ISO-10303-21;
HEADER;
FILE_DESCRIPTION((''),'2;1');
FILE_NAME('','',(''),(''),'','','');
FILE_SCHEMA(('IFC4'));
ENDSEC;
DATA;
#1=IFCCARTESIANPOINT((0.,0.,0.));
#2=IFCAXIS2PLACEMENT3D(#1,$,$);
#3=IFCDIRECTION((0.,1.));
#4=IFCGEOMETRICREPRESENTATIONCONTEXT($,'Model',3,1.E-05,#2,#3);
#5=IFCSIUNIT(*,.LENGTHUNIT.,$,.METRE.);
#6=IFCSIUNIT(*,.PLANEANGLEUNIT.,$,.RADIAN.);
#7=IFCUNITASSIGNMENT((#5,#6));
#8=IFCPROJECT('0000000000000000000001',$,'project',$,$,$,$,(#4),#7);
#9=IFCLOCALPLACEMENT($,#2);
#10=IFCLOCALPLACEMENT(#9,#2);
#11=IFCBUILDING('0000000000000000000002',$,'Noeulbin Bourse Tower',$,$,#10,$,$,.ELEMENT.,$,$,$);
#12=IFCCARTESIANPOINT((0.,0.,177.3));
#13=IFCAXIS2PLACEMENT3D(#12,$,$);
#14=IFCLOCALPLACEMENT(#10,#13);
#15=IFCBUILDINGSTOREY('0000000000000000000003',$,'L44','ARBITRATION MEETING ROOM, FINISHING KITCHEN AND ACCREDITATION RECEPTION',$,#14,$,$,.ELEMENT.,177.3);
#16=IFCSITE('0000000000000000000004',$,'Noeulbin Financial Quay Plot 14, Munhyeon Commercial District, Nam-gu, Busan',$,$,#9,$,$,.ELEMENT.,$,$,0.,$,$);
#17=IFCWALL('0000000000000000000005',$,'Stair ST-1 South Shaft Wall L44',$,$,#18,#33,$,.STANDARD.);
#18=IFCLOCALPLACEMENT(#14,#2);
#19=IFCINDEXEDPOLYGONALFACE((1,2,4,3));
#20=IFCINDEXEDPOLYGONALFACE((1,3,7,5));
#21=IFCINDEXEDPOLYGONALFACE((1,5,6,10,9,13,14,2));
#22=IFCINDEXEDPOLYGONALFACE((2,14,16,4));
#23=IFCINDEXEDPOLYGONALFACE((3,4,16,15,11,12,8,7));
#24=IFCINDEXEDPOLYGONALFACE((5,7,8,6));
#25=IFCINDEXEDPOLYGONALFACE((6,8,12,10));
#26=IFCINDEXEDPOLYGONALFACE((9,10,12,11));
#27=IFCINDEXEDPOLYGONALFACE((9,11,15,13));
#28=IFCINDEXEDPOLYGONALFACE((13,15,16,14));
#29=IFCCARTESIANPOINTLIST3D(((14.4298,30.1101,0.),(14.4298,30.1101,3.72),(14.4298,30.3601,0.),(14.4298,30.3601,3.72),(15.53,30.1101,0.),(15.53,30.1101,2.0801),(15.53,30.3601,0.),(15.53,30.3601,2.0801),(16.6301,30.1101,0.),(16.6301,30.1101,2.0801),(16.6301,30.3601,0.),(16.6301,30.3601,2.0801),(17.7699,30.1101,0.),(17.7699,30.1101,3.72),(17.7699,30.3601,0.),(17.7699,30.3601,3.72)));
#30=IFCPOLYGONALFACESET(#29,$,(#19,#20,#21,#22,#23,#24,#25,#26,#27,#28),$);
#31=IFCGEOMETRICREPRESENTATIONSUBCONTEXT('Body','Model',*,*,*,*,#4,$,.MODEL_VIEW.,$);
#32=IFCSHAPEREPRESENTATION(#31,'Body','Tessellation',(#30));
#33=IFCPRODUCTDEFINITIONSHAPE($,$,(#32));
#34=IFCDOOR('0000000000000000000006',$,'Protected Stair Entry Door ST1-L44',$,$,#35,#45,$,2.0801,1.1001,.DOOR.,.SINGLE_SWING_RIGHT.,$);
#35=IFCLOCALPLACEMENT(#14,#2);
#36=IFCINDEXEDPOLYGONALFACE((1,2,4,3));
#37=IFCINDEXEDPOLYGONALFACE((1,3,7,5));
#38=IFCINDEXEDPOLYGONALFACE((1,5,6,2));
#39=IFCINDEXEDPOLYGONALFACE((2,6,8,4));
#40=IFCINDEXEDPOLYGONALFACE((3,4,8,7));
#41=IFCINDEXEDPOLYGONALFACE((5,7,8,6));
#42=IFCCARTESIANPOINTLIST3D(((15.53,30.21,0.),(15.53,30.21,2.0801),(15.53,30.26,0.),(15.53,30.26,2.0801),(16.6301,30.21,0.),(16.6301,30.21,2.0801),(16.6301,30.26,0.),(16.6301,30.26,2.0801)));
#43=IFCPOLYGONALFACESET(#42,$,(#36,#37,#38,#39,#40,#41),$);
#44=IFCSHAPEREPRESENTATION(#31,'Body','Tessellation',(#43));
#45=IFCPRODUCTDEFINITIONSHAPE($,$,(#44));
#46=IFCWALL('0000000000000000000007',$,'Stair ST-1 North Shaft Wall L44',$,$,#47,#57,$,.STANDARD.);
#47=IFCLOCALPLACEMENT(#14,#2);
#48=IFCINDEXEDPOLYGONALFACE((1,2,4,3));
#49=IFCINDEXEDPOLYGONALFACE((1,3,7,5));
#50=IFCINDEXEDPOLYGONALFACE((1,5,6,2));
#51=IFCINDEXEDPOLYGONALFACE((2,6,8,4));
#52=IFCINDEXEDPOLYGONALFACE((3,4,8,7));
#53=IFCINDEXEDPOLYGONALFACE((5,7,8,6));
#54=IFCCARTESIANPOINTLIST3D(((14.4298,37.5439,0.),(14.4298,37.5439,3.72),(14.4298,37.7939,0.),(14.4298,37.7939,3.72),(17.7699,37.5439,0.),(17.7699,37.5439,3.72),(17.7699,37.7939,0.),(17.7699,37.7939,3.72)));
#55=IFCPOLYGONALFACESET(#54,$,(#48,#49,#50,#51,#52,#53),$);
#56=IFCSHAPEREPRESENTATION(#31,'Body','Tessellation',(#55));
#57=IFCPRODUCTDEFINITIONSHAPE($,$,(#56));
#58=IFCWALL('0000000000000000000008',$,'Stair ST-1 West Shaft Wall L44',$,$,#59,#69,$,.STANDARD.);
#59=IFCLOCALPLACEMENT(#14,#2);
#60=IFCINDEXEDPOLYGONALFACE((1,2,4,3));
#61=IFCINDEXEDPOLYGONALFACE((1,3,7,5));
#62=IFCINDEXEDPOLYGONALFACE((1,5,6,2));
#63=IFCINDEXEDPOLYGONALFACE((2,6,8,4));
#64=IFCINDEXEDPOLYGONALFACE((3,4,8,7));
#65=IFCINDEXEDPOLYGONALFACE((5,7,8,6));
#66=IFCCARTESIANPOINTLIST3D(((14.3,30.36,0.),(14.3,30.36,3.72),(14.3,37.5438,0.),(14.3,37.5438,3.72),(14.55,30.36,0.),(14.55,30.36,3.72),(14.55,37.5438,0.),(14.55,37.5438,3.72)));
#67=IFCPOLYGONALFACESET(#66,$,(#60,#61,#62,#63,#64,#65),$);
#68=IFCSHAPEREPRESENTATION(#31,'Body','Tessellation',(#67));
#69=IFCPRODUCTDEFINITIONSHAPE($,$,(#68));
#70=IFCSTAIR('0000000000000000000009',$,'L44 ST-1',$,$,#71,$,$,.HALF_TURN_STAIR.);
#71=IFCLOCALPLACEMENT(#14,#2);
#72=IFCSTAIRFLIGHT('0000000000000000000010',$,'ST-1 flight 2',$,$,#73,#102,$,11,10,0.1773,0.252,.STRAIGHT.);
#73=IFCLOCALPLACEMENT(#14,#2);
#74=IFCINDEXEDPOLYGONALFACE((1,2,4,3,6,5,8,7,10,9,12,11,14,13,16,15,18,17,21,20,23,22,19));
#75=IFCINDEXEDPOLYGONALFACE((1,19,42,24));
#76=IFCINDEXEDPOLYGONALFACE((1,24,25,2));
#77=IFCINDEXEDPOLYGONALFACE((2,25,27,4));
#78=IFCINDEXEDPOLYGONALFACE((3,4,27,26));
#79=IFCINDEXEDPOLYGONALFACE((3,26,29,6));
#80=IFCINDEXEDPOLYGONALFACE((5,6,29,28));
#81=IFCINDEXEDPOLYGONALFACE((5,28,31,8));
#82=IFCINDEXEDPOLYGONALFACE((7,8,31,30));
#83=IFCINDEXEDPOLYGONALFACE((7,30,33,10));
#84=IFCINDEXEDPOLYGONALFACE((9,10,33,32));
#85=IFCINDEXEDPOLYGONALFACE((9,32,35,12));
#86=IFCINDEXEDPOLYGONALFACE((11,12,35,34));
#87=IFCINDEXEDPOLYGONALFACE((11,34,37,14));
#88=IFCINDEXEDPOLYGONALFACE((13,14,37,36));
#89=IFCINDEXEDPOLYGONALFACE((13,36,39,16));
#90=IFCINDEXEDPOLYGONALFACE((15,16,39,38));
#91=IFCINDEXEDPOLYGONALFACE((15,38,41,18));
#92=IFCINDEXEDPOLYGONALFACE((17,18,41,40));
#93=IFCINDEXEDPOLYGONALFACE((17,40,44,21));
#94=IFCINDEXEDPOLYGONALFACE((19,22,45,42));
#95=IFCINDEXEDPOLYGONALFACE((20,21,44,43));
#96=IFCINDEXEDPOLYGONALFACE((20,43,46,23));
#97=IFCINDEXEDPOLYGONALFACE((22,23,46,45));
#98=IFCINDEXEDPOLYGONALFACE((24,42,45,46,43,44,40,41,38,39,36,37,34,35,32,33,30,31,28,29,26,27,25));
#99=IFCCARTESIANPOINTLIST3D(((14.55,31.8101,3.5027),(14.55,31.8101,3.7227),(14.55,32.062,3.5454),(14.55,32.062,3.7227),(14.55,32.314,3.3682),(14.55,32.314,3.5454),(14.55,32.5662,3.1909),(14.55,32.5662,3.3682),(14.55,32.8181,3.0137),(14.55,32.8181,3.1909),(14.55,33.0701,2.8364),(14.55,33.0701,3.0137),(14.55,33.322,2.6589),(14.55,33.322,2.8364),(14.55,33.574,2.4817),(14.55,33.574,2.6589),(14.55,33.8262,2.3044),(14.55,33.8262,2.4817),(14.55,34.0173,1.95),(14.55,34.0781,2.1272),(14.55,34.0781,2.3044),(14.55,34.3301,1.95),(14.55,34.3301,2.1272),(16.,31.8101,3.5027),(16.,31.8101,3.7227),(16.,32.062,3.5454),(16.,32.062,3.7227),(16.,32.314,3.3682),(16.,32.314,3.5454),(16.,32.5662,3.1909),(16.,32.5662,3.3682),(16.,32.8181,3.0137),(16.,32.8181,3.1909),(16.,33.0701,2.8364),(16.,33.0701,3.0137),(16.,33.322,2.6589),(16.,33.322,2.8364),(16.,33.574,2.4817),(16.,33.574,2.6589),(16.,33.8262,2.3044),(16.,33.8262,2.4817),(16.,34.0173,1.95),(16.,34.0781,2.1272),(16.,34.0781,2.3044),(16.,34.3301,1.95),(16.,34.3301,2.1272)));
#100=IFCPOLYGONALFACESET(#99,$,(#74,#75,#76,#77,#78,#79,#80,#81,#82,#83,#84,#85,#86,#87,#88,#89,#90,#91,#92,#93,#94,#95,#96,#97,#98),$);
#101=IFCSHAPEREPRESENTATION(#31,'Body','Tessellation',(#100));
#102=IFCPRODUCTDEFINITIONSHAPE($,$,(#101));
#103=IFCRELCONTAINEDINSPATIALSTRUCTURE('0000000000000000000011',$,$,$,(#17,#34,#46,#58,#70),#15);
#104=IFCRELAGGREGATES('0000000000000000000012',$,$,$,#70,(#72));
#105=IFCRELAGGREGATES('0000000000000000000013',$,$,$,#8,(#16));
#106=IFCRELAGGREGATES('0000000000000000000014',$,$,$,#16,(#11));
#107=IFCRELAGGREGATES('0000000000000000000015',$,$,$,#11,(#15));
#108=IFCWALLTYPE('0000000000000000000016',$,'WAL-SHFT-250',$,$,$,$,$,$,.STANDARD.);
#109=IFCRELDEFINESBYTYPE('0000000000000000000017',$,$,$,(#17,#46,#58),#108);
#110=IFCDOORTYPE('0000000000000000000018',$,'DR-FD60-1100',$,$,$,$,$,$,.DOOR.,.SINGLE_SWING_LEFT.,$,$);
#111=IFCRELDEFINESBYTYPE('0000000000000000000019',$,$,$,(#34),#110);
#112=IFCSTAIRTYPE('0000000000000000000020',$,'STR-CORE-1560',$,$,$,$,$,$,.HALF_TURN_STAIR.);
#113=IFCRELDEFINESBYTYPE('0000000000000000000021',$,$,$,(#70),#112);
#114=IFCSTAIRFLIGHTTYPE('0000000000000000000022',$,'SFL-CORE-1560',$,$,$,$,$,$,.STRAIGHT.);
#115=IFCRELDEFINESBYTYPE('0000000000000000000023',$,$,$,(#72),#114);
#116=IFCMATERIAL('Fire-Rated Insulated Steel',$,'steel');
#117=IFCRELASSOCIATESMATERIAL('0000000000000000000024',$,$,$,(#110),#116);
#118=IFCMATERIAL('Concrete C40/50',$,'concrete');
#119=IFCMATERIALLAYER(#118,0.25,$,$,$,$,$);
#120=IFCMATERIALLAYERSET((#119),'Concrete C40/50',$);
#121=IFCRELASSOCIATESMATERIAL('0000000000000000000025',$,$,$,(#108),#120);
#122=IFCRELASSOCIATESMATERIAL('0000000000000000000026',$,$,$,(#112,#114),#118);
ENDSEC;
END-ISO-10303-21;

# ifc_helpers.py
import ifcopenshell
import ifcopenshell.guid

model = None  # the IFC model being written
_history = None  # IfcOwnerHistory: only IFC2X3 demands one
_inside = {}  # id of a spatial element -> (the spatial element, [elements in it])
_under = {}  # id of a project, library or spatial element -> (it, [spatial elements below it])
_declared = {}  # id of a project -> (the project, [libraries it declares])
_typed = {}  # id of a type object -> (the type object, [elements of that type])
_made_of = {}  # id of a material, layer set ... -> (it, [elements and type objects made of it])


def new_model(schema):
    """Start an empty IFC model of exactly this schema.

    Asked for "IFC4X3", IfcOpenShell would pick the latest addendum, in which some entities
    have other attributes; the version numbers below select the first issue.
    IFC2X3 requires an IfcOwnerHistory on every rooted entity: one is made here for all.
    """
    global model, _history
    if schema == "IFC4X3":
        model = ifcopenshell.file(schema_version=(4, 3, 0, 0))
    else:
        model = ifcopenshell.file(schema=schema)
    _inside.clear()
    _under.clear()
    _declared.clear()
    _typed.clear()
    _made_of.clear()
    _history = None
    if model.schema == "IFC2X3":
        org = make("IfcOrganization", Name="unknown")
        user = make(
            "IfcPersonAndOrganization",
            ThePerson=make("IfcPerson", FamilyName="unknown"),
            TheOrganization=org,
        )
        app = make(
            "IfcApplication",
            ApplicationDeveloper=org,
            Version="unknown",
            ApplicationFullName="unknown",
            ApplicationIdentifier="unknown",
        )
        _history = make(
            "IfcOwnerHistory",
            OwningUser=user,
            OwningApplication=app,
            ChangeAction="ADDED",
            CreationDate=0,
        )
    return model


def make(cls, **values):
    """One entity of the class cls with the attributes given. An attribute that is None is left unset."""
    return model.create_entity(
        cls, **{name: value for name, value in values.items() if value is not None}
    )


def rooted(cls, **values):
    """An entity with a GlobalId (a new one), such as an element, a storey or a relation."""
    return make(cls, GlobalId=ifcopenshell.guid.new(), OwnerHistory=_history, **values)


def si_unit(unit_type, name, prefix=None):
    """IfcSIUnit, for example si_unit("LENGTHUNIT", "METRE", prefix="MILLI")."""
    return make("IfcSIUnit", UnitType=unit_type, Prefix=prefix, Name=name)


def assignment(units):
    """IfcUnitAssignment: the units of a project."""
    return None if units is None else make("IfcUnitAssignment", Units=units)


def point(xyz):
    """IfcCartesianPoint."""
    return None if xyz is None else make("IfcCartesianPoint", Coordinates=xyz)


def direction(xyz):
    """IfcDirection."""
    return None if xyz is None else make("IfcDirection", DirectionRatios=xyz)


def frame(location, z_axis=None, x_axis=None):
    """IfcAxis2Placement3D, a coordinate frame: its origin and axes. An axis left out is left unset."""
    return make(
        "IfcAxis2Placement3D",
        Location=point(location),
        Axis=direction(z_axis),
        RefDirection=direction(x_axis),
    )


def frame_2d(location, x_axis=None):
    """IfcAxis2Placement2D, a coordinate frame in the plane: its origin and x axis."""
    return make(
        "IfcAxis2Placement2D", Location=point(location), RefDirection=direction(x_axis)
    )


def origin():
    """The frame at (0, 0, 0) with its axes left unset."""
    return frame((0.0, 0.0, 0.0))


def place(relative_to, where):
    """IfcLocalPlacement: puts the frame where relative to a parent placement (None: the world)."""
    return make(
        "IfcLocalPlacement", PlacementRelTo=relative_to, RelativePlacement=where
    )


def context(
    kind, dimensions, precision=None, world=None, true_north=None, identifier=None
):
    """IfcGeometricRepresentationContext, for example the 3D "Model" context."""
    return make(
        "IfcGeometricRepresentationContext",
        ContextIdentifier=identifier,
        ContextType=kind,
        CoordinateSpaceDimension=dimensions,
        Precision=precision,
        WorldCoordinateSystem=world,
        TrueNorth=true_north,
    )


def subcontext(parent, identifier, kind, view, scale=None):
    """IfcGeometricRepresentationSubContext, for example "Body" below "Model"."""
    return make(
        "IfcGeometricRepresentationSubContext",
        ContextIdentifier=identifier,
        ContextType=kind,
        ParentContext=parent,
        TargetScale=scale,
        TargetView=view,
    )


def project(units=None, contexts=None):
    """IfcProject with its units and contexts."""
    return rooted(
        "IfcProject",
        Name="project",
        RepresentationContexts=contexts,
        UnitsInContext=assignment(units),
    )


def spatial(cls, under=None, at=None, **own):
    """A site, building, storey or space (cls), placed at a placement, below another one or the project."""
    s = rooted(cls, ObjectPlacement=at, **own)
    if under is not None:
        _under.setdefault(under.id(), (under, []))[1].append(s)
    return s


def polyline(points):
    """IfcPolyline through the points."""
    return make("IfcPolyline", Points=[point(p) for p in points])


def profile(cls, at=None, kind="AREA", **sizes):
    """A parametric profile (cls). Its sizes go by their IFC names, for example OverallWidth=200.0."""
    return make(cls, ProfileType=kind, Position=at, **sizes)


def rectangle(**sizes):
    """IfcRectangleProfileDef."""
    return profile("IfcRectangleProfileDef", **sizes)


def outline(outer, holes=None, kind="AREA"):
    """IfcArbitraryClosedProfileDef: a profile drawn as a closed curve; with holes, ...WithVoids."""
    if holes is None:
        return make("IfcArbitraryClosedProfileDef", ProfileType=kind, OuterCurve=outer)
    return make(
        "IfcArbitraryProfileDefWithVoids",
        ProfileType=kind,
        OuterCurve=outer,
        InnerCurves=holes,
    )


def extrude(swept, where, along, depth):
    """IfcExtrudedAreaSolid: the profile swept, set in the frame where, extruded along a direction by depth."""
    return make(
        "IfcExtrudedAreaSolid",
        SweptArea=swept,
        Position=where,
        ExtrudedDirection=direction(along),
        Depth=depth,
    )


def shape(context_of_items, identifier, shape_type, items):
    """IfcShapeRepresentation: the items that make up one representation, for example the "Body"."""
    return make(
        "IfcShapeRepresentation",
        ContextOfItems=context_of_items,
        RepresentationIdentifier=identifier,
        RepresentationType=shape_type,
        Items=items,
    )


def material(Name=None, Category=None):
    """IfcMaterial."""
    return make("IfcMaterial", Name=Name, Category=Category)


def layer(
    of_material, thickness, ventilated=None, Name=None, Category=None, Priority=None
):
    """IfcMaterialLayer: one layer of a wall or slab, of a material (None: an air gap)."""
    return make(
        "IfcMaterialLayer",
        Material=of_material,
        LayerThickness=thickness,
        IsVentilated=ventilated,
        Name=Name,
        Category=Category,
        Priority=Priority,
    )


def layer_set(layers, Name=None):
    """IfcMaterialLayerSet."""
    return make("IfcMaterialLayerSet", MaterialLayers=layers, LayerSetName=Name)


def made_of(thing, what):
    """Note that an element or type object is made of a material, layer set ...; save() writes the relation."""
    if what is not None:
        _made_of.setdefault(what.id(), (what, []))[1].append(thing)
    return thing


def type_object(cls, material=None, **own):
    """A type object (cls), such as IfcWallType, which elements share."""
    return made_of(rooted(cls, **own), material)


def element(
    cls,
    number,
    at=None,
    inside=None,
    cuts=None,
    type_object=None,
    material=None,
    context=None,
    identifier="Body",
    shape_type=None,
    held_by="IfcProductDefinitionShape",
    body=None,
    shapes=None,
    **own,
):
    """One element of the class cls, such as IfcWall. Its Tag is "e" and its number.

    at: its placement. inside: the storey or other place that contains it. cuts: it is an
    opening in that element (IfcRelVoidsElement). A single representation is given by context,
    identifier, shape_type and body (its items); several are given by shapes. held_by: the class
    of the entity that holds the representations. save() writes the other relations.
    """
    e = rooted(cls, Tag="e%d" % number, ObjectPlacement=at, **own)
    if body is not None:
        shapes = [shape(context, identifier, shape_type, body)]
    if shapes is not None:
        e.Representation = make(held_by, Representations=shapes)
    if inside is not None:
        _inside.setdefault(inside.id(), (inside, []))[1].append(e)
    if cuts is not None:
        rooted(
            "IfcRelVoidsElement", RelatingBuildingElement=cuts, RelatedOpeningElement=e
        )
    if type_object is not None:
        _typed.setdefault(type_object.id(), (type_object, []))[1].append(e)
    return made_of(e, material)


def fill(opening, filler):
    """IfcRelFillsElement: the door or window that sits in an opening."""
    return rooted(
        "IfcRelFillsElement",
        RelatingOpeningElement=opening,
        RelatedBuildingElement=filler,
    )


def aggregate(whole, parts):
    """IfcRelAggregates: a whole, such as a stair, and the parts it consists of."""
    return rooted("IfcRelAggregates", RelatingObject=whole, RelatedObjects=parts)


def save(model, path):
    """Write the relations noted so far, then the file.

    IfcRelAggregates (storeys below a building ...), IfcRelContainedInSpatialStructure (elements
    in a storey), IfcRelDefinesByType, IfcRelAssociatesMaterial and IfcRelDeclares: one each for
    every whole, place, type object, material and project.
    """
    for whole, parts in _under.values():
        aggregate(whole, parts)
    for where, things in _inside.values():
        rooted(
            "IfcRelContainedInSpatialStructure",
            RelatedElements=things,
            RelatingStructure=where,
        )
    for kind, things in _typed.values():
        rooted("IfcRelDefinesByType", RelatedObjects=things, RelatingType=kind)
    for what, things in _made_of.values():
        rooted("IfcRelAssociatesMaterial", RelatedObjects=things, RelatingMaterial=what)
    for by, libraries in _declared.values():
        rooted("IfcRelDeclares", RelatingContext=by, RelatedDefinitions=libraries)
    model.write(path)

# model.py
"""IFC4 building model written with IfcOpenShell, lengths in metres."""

from ifc_helpers import new_model, si_unit, direction, frame, frame_2d, origin, place, context, subcontext, project, spatial, polyline, rectangle, outline, extrude, material, layer, layer_set, type_object, element, fill, aggregate, save


model = new_model("IFC4")

# Units and contexts
model_context = context("Model", 3, precision=1e-05, world=origin(), true_north=direction((0.0, 1.0)))
body_context = subcontext(model_context, "Body", "Model", "MODEL_VIEW")
ifc_project = project(units=[si_unit("LENGTHUNIT", "METRE"), si_unit("PLANEANGLEUNIT", "RADIAN")], contexts=[model_context])

# Site, building, storey
site_placement = place(None, origin())
site = spatial("IfcSite", under=ifc_project, at=site_placement, Name="Noeulbin Financial Quay Plot 14, Munhyeon Commercial District, Nam-gu, Busan", CompositionType="ELEMENT", RefElevation=0.0)
building_placement = place(site_placement, origin())
building = spatial("IfcBuilding", under=site, at=building_placement, Name="Noeulbin Bourse Tower", CompositionType="ELEMENT")
storey_placement = place(building_placement, frame((0.0, 0.0, 177.3)))
storey = spatial("IfcBuildingStorey", under=building, at=storey_placement, Name="L44", Description="ARBITRATION MEETING ROOM, FINISHING KITCHEN AND ACCREDITATION RECEPTION", CompositionType="ELEMENT", Elevation=177.3)

# Shared definitions
ifc_material_1 = material(Name="Fire-Rated Insulated Steel", Category="steel")
door_type_1 = type_object("IfcDoorType", Name="DR-FD60-1100", OperationType="SINGLE_SWING_LEFT", PredefinedType="DOOR", material=ifc_material_1)

# Wall, opening, door
ifc_material_2 = material(Name="Concrete C40/50", Category="concrete")
ifc_layer_1 = layer(ifc_material_2, 0.25)
ifc_layer_set_1 = layer_set([ifc_layer_1], Name="Concrete C40/50")
wall_type_1 = type_object("IfcWallType", Name="WAL-SHFT-250", PredefinedType="STANDARD", material=ifc_layer_set_1)
wall_1_placement = place(storey_placement, frame((14.4299, 30.2351, 0.0), z_axis=(0.0, 0.0, 1.0), x_axis=(1.0, 0.0, 0.0)))
wall_1 = element("IfcWall", 1, at=wall_1_placement, inside=storey, type_object=wall_type_1, Name="Stair ST-1 South Shaft Wall L44", PredefinedType="STANDARD", context=body_context, shape_type="SweptSolid", body=[
    extrude(rectangle(XDim=3.3401, YDim=0.25, at=frame_2d((1.6699, 0.0))), origin(), (0.0, 0.0, 1.0), 3.72),
])
opening_1_placement = place(wall_1_placement, frame((1.1001, 0.0, 0.0)))
opening_1 = element("IfcOpeningElement", 2, at=opening_1_placement, cuts=wall_1, PredefinedType="OPENING", context=body_context, shape_type="SweptSolid", body=[
    extrude(rectangle(XDim=1.1001, YDim=2.0801, at=frame_2d((0.55, 1.04))), frame((0.0, 0.135, 0.0), z_axis=(0.0, -1.0, 0.0), x_axis=(1.0, 0.0, 0.0)), (0.0, 0.0, 1.0), 0.27),
])
door_1_placement = place(opening_1_placement, origin())
door_1 = element("IfcDoor", 3, at=door_1_placement, inside=storey, type_object=door_type_1, Name="Protected Stair Entry Door ST1-L44", OperationType="SINGLE_SWING_RIGHT", OverallHeight=2.0801, OverallWidth=1.1001, PredefinedType="DOOR", context=body_context, shape_type="SweptSolid", body=[
    extrude(rectangle(XDim=1.1001, YDim=2.0801, at=frame_2d((0.55, 1.04))), frame((0.0, 0.0249, 0.0), z_axis=(0.0, -1.0, 0.0), x_axis=(1.0, 0.0, 0.0)), (0.0, 0.0, 1.0), 0.05),
])
fill(opening_1, door_1)

# Walls
wall_2_placement = place(storey_placement, frame((14.4299, 37.6689, 0.0), z_axis=(0.0, 0.0, 1.0), x_axis=(1.0, 0.0, 0.0)))
element("IfcWall", 4, at=wall_2_placement, inside=storey, type_object=wall_type_1, Name="Stair ST-1 North Shaft Wall L44", PredefinedType="STANDARD", context=body_context, shape_type="SweptSolid", body=[
    extrude(rectangle(XDim=3.3401, YDim=0.25, at=frame_2d((1.6699, 0.0))), origin(), (0.0, 0.0, 1.0), 3.72),
])
wall_3_placement = place(storey_placement, frame((14.425, 30.3601, 0.0), z_axis=(0.0, 0.0, 1.0), x_axis=(0.0, 1.0, 0.0)))
element("IfcWall", 5, at=wall_3_placement, inside=storey, type_object=wall_type_1, Name="Stair ST-1 West Shaft Wall L44", PredefinedType="STANDARD", context=body_context, shape_type="SweptSolid", body=[
    extrude(rectangle(XDim=7.1838, YDim=0.25, at=frame_2d((3.5918, 0.0))), origin(), (0.0, 0.0, 1.0), 3.72),
])

# Stair, stair flight
stair_type = type_object("IfcStairType", Name="STR-CORE-1560", PredefinedType="HALF_TURN_STAIR", material=ifc_material_2)
stair_placement = place(storey_placement, origin())
stair = element("IfcStair", 6, at=stair_placement, inside=storey, type_object=stair_type, Name="L44 ST-1", PredefinedType="HALF_TURN_STAIR")
stair_flight_type = type_object("IfcStairFlightType", Name="SFL-CORE-1560", PredefinedType="STRAIGHT", material=ifc_material_2)
stair_flight_placement = place(storey_placement, frame((15.2749, 34.3301, 1.95), z_axis=(0.0, 0.0, 1.0), x_axis=(0.0, -1.0, 0.0)))
stair_flight = element("IfcStairFlight", 7, at=stair_flight_placement, type_object=stair_flight_type, Name="ST-1 flight 2", NumberOfRisers=11, NumberOfTreads=10, PredefinedType="STRAIGHT", RiserHeight=0.1773, TreadLength=0.252, context=body_context, shape_type="SweptSolid", body=[
    extrude(outline(polyline([(0.0, 0.0), (0.0, 0.1772), (0.252, 0.1772), (0.252, 0.3545), (0.5039, 0.3545), (0.5039, 0.5317), (0.7561, 0.5317), (0.7561, 0.709), (1.0081, 0.709), (1.0081, 0.8865), (1.26, 0.8865), (1.26, 1.0637), (1.512, 1.0637), (1.512, 1.241), (1.7639, 1.241), (1.7639, 1.4182), (2.0161, 1.4182), (2.0161, 1.5955), (2.2681, 1.5955), (2.2681, 1.7727), (2.52, 1.7727), (2.52, 1.95), (2.52, 1.5527), (0.3127, 0.0), (0.0, 0.0)])), frame((0.0, 0.7251, 0.0), z_axis=(0.0, -1.0, 0.0), x_axis=(1.0, 0.0, 0.0)), (0.0, 0.0, 1.0), 1.45),
])
aggregate(stair, [stair_flight])

save(model, "model.ifc")
